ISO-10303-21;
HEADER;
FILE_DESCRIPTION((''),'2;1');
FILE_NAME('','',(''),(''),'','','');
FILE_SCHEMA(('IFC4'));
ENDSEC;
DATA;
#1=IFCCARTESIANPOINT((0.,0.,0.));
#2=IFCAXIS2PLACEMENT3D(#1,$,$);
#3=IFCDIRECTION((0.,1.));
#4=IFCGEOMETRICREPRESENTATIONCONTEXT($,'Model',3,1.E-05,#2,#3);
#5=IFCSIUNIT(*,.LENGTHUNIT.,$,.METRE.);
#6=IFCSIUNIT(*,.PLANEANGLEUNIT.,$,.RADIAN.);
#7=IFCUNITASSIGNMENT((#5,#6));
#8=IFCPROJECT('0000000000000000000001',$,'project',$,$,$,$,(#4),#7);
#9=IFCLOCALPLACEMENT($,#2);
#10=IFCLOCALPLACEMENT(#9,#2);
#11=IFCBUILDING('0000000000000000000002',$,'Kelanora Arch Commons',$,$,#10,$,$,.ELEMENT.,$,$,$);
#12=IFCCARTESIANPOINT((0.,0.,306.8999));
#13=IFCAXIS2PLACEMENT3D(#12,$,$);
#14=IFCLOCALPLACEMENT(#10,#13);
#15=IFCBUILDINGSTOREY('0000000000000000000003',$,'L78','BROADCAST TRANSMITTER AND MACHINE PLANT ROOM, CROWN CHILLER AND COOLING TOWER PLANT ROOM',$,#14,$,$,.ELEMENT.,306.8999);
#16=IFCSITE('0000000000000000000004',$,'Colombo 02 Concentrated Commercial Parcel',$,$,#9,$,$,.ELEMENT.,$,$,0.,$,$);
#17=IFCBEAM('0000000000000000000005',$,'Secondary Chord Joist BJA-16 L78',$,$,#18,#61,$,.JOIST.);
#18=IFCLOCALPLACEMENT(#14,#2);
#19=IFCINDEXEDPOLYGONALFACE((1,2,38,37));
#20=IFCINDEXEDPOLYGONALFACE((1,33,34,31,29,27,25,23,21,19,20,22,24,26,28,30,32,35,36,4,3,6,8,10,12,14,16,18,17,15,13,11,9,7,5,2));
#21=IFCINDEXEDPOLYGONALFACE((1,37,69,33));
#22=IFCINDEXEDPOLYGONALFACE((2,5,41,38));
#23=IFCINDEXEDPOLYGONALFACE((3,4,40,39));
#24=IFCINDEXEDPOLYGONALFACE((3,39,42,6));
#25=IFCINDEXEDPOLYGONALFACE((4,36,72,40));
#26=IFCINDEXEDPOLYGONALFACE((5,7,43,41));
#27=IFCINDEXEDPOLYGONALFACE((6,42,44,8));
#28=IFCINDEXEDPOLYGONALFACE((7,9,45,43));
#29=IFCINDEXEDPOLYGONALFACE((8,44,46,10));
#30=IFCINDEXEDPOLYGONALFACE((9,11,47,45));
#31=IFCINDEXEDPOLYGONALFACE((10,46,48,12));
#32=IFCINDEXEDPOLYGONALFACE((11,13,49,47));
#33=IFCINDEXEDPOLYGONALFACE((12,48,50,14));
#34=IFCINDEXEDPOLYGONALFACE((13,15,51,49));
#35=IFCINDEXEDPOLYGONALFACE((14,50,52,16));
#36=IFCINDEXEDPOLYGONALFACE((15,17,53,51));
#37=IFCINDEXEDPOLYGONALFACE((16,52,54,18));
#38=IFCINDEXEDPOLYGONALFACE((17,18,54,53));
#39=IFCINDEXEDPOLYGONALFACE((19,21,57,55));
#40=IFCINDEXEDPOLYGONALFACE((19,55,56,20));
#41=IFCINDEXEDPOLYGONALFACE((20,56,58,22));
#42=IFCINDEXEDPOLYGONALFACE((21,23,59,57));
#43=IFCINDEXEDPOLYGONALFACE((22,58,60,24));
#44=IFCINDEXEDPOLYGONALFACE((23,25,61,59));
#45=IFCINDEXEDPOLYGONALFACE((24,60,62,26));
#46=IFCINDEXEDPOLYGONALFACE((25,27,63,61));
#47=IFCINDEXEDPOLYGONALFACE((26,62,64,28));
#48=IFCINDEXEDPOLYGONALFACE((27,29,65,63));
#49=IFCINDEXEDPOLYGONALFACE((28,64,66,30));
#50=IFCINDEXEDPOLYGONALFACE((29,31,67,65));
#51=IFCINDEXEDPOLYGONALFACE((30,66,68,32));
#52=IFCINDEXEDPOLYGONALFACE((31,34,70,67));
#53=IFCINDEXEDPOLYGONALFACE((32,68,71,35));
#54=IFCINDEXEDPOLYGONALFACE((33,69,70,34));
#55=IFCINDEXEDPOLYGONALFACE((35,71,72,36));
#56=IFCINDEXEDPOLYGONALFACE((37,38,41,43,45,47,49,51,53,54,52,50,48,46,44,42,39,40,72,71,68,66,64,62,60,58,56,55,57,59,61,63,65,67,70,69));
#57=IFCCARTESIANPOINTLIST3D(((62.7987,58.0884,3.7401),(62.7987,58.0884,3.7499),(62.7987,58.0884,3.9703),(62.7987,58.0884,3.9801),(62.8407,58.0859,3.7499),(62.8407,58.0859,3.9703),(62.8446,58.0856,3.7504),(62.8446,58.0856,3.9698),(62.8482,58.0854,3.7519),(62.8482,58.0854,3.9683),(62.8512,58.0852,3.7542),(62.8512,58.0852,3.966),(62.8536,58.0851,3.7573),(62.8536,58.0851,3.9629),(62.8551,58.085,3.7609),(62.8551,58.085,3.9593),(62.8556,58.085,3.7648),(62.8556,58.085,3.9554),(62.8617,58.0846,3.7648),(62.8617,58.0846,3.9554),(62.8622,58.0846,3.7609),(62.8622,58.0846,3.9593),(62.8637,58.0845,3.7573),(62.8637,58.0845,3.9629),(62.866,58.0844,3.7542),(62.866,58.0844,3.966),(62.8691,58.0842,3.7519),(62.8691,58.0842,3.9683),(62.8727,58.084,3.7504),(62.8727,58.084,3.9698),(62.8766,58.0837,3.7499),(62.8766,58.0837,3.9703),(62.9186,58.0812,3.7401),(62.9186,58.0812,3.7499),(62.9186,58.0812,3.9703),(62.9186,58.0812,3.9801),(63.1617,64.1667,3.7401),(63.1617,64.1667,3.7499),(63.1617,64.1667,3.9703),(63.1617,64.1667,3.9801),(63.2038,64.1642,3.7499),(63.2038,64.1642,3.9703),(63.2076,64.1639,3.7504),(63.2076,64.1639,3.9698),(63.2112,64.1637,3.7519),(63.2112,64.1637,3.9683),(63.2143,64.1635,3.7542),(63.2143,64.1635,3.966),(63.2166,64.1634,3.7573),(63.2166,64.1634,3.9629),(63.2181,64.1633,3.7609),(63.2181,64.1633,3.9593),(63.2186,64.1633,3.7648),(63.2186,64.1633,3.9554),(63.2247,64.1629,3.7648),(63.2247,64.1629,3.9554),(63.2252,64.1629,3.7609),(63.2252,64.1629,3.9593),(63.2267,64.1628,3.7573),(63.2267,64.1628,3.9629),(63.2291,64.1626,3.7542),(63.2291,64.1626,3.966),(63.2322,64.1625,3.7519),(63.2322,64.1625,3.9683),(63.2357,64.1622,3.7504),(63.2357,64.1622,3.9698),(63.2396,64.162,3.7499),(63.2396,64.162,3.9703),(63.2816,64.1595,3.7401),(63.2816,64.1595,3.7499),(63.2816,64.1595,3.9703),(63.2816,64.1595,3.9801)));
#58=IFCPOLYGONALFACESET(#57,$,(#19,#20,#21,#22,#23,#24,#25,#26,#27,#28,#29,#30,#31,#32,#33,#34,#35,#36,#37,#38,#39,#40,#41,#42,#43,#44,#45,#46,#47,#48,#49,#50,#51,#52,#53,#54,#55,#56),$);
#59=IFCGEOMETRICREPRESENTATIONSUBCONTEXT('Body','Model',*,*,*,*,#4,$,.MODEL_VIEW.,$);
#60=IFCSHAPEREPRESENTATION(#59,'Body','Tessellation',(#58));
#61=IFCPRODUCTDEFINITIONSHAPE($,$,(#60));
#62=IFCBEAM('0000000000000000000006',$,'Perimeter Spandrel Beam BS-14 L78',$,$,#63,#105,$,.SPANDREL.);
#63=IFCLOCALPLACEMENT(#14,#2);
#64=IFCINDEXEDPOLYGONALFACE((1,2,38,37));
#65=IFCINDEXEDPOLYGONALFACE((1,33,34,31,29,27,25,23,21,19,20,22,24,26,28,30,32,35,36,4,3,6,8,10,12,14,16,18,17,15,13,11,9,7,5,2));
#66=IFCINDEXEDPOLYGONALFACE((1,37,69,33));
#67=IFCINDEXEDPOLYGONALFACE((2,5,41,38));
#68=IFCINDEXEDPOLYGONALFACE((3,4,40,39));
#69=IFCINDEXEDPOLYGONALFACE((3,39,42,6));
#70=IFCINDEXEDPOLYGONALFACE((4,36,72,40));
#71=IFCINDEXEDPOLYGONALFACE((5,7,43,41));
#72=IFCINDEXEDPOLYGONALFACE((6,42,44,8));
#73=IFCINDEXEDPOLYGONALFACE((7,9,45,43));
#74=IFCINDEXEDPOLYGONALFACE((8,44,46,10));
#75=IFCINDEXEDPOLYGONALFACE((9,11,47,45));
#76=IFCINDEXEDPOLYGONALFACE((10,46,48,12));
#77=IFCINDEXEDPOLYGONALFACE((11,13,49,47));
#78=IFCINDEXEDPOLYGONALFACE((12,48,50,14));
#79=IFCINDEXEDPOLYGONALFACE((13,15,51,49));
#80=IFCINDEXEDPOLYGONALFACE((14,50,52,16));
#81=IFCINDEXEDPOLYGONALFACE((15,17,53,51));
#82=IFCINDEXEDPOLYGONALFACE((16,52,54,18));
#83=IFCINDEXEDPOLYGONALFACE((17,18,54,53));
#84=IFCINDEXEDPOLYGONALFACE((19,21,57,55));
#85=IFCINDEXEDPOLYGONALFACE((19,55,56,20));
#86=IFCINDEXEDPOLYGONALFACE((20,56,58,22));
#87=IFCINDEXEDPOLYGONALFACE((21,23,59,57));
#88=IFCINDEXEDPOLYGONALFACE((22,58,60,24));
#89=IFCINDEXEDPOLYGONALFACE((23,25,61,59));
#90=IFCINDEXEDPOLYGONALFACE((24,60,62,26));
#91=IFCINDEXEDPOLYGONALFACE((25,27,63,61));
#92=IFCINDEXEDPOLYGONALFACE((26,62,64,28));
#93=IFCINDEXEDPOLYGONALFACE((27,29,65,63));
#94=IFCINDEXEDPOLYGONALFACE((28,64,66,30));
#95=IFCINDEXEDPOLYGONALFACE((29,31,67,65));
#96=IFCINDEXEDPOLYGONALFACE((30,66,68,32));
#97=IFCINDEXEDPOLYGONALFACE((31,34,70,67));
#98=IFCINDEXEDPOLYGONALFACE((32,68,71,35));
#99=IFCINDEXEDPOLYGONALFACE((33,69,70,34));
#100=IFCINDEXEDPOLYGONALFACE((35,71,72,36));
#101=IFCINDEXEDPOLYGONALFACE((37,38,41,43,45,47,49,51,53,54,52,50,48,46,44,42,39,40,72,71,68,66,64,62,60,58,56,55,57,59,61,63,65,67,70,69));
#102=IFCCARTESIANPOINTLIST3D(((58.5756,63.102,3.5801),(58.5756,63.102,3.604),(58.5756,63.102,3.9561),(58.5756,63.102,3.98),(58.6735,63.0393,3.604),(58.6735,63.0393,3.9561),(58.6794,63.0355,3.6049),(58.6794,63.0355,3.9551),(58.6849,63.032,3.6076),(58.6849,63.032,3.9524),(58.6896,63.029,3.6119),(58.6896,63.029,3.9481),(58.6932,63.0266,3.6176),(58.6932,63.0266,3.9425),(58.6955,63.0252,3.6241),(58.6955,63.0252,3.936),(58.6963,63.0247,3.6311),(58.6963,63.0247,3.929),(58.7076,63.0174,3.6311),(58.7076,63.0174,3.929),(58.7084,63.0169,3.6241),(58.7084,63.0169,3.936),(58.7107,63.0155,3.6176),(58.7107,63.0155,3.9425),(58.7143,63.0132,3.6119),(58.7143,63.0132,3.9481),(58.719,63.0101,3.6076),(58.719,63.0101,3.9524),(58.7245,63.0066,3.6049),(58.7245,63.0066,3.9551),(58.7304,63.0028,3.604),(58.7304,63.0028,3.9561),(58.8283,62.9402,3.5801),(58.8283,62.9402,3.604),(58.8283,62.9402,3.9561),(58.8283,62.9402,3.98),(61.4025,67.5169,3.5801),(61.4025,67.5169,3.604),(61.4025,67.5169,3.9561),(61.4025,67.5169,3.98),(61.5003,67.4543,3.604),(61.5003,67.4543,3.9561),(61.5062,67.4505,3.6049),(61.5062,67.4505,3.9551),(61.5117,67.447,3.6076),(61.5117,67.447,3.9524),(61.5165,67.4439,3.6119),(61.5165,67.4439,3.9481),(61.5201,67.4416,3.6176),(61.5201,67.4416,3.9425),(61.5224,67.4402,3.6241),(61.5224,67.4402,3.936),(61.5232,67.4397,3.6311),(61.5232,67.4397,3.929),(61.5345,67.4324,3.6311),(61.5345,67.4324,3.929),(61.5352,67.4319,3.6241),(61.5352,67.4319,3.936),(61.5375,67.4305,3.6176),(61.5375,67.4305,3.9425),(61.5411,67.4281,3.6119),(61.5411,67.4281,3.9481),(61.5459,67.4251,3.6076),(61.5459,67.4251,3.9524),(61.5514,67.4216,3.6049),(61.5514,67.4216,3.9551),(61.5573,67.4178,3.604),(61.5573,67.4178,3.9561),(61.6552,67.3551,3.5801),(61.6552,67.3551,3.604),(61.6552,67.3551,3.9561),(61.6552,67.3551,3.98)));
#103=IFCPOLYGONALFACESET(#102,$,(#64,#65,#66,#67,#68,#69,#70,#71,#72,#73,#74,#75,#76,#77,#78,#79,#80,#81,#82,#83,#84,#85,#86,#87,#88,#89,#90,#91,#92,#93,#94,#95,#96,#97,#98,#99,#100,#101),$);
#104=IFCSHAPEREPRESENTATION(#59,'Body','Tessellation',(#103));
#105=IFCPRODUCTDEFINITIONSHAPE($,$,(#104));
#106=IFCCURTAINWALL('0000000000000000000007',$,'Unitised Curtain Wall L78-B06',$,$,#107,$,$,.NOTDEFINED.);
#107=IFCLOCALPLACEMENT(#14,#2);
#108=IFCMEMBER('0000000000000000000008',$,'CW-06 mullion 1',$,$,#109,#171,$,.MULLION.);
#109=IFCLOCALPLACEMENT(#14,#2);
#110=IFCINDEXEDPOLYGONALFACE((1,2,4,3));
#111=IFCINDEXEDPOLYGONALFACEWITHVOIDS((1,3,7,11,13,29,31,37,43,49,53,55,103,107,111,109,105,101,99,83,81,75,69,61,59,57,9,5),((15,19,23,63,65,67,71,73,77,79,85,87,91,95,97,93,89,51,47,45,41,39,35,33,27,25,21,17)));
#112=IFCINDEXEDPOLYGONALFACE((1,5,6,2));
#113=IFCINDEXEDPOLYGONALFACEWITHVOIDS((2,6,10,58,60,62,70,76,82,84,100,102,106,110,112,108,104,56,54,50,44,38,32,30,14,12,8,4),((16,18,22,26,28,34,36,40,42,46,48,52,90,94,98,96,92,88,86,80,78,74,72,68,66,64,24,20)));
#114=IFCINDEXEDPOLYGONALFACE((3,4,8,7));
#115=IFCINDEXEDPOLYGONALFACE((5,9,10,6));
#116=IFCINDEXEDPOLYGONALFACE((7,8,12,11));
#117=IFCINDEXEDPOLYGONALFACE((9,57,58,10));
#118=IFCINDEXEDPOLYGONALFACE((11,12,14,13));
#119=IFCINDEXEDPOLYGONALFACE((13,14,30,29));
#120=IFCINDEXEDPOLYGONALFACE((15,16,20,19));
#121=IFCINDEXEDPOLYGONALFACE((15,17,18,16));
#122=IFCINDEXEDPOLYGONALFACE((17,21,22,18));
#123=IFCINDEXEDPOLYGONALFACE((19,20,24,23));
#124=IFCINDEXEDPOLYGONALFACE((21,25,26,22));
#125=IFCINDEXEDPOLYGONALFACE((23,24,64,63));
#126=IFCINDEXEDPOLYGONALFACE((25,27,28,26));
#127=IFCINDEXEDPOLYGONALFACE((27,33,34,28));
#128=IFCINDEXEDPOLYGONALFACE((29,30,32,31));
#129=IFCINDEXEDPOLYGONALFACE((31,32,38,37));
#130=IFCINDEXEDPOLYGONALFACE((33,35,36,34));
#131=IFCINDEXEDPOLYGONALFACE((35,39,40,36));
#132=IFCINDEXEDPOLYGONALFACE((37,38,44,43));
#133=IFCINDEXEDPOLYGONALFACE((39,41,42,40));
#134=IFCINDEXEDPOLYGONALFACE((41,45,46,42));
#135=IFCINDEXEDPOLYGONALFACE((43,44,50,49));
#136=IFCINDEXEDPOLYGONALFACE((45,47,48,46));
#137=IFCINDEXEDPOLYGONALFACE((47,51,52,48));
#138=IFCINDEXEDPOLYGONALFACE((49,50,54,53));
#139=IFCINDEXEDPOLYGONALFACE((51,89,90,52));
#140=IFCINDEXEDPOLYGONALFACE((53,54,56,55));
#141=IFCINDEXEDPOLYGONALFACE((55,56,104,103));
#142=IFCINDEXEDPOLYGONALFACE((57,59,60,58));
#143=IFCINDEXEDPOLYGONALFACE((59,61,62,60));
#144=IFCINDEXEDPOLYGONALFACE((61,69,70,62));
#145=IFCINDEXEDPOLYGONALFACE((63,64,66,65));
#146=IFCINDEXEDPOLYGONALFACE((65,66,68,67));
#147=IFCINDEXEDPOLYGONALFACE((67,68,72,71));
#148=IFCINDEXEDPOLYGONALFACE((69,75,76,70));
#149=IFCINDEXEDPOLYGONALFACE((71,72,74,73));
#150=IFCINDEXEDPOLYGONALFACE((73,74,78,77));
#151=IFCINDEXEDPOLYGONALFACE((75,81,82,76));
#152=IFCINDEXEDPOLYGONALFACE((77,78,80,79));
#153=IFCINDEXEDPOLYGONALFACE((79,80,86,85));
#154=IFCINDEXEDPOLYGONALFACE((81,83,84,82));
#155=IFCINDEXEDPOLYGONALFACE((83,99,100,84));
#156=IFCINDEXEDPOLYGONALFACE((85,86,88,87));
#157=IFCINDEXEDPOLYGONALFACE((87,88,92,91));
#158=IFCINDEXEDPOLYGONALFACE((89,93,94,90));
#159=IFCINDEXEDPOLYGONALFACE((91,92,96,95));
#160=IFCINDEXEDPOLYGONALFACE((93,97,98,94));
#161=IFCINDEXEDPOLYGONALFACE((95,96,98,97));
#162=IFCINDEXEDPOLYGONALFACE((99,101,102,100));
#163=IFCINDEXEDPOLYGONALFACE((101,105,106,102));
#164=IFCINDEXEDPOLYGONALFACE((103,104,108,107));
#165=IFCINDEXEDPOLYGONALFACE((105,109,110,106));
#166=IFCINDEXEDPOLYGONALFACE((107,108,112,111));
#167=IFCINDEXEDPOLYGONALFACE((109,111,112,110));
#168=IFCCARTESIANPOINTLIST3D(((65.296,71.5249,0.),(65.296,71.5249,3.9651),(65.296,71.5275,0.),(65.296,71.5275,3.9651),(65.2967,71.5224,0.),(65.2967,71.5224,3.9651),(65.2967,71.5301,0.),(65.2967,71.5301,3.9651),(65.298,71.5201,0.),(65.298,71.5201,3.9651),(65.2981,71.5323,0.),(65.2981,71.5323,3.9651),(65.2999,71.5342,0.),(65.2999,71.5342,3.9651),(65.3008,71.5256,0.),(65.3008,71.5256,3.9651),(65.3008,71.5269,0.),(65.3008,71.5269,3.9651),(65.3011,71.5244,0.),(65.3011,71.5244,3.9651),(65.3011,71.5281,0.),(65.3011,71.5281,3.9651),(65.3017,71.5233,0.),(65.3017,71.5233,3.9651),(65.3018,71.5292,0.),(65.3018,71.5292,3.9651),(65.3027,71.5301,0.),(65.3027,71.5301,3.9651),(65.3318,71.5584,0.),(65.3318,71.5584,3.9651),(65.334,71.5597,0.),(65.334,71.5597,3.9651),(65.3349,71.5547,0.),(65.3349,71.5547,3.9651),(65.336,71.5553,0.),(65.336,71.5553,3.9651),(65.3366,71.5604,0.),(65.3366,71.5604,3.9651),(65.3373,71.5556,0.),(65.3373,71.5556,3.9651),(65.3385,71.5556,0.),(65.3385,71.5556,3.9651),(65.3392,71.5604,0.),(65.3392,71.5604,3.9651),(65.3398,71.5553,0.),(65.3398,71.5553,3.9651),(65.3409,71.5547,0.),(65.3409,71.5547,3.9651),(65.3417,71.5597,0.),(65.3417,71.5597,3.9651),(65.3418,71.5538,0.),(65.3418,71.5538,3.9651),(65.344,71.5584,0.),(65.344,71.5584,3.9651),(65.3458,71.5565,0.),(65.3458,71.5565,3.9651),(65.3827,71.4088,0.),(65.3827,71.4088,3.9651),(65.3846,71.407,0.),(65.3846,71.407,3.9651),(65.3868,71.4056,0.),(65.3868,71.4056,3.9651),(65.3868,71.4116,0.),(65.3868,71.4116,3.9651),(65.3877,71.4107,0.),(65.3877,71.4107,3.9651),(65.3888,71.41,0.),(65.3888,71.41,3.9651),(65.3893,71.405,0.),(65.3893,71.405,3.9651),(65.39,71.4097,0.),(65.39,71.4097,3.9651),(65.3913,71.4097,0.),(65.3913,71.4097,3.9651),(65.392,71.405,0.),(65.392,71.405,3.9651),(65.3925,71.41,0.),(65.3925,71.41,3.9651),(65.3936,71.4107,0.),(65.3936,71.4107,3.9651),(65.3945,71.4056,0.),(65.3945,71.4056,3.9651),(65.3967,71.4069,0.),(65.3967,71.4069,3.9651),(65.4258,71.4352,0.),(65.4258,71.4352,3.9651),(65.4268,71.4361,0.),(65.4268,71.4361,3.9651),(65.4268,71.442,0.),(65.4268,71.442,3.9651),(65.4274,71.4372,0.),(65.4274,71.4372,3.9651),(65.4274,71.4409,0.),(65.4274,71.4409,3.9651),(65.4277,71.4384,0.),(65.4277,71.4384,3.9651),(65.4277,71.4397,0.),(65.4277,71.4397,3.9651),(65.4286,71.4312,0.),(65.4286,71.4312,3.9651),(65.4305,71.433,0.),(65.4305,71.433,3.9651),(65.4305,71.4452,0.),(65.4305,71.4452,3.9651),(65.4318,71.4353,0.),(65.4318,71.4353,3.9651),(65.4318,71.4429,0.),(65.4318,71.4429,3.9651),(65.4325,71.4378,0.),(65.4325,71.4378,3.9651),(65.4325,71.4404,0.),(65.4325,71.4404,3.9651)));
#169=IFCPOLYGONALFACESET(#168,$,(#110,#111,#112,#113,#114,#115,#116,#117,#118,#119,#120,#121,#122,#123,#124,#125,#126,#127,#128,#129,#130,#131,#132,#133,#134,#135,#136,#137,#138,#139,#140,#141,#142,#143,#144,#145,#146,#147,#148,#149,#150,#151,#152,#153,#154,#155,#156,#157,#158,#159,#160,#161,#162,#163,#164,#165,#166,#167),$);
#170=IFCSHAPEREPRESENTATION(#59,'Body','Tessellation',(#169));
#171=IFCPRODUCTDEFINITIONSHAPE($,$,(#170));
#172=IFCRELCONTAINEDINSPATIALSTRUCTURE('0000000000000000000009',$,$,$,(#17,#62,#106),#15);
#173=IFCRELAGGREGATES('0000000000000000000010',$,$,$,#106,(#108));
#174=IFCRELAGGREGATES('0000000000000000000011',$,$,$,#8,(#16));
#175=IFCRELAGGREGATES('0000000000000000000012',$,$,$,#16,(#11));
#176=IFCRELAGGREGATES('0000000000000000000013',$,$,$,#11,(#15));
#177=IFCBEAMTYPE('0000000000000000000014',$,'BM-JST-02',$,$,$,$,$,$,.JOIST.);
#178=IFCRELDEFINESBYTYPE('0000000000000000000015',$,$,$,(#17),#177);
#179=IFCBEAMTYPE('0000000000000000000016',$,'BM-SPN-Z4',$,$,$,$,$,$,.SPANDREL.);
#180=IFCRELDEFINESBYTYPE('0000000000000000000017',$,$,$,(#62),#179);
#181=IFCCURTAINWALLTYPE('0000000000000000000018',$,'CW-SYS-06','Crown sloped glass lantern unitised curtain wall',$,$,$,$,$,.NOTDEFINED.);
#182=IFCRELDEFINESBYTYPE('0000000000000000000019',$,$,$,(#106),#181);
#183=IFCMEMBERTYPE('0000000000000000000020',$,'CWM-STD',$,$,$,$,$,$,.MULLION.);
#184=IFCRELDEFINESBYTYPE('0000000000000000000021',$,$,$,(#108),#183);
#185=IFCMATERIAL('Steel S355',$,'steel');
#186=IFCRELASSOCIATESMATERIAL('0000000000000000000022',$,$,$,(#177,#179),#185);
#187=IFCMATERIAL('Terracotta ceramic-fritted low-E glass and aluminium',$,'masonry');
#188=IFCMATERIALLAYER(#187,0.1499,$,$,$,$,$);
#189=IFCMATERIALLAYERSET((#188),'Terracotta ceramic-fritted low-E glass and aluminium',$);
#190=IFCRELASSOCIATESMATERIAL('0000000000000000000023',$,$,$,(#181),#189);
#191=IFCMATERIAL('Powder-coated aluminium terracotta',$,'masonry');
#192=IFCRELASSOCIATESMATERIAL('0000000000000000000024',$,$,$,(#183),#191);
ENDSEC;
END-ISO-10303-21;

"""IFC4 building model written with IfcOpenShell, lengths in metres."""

from ifc_helpers import new_model, si_unit, direction, frame, origin, origin_2d, place, context, subcontext, project, spatial, hollow_rectangle, i_section, extrude, material, layer, layer_set, material_profile, profile_set, type_object, element, aggregate, save


model = new_model("IFC4")

# Units and contexts
model_context = context("Model", 3, precision=1e-05, world=origin(), true_north=direction((0.0, 1.0)))
body_context = subcontext(model_context, "Body", "Model", "MODEL_VIEW")
ifc_project = project(units=[si_unit("LENGTHUNIT", "METRE"), si_unit("PLANEANGLEUNIT", "RADIAN")], contexts=[model_context])

# Site, building, storey
site_placement = place(None, origin())
site = spatial("IfcSite", under=ifc_project, at=site_placement, Name="Colombo 02 Concentrated Commercial Parcel", CompositionType="ELEMENT", RefElevation=0.0)
building_placement = place(site_placement, origin())
building = spatial("IfcBuilding", under=site, at=building_placement, Name="Kelanora Arch Commons", CompositionType="ELEMENT")
storey_placement = place(building_placement, frame((0.0, 0.0, 306.8999)))
storey = spatial("IfcBuildingStorey", under=building, at=storey_placement, Name="L78", Description="BROADCAST TRANSMITTER AND MACHINE PLANT ROOM, CROWN CHILLER AND COOLING TOWER PLANT ROOM", CompositionType="ELEMENT", Elevation=306.8999)

# Beams
ifc_material_1 = material(Name="Steel S355", Category="steel")
ifc_material_profile_1 = material_profile(ifc_material_1, i_section(OverallWidth=0.1201, OverallDepth=0.24, WebThickness=0.0061, FlangeThickness=0.0098, FilletRadius=0.0149, at=origin_2d()), Name="IPE240")
ifc_profile_set_1 = profile_set([ifc_material_profile_1], Name="Steel S355")
beam_type_1 = type_object("IfcBeamType", Name="BM-JST-02", PredefinedType="JOIST", material=ifc_profile_set_1)
beam_1_placement = place(storey_placement, frame((63.2217, 64.1631, 3.8601), z_axis=(-0.05962, -0.998221, 0.0), x_axis=(0.998221, -0.05962, 0.0)))
element("IfcBeam", 1, at=beam_1_placement, inside=storey, type_object=beam_type_1, Name="Secondary Chord Joist BJA-16 L78", PredefinedType="JOIST", context=body_context, shape_type="SweptSolid", body=[
    extrude(i_section(OverallWidth=0.1201, OverallDepth=0.24, WebThickness=0.0061, FlangeThickness=0.0098, FilletRadius=0.0149, at=origin_2d()), origin(), (0.0, 0.0, 1.0), 6.0891),
])
ifc_material_profile_2 = material_profile(ifc_material_1, i_section(OverallWidth=0.3, OverallDepth=0.3999, WebThickness=0.0134, FlangeThickness=0.0239, FilletRadius=0.0271, at=origin_2d()), Name="HEB400")
ifc_profile_set_2 = profile_set([ifc_material_profile_2], Name="Steel S355")
beam_type_2 = type_object("IfcBeamType", Name="BM-SPN-Z4", PredefinedType="SPANDREL", material=ifc_profile_set_2)
beam_2_placement = place(storey_placement, frame((61.5288, 67.436, 3.78), z_axis=(-0.539227, -0.842161, 0.0), x_axis=(0.842161, -0.539227, 0.0)))
element("IfcBeam", 2, at=beam_2_placement, inside=storey, type_object=beam_type_2, Name="Perimeter Spandrel Beam BS-14 L78", PredefinedType="SPANDREL", context=body_context, shape_type="SweptSolid", body=[
    extrude(i_section(OverallWidth=0.3, OverallDepth=0.3999, WebThickness=0.0134, FlangeThickness=0.0239, FilletRadius=0.0271, at=origin_2d()), origin(), (0.0, 0.0, 1.0), 5.2424),
])

# Curtain wall, member
ifc_material_2 = material(Name="Terracotta ceramic-fritted low-E glass and aluminium", Category="masonry")
ifc_layer_1 = layer(ifc_material_2, 0.1499)
ifc_layer_set_1 = layer_set([ifc_layer_1], Name="Terracotta ceramic-fritted low-E glass and aluminium")
curtain_wall_type = type_object("IfcCurtainWallType", Name="CW-SYS-06", Description="Crown sloped glass lantern unitised curtain wall", PredefinedType="NOTDEFINED", material=ifc_layer_set_1)
curtain_wall_1_placement = place(storey_placement, origin())
curtain_wall_1 = element("IfcCurtainWall", 3, at=curtain_wall_1_placement, inside=storey, type_object=curtain_wall_type, Name="Unitised Curtain Wall L78-B06", PredefinedType="NOTDEFINED")
ifc_material_3 = material(Name="Powder-coated aluminium terracotta", Category="masonry")
ifc_material_profile_3 = material_profile(ifc_material_3, hollow_rectangle(XDim=0.1599, YDim=0.0601, WallThickness=0.0049, InnerFilletRadius=0.0049, OuterFilletRadius=0.01, at=origin_2d()), Name="CWM160x60")
ifc_profile_set_3 = profile_set([ifc_material_profile_3], Name="Powder-coated aluminium terracotta")
member_type_1 = type_object("IfcMemberType", Name="CWM-STD", PredefinedType="MULLION", material=ifc_profile_set_3)
member_1_placement = place(storey_placement, frame((65.3643, 71.4827, 0.0), z_axis=(0.0, 0.0, 1.0), x_axis=(0.605596, -0.795772, 0.0)))
member_1 = element("IfcMember", 4, at=member_1_placement, type_object=member_type_1, Name="CW-06 mullion 1", PredefinedType="MULLION", context=body_context, shape_type="SweptSolid", body=[
    extrude(hollow_rectangle(XDim=0.1599, YDim=0.0601, WallThickness=0.0049, InnerFilletRadius=0.0049, OuterFilletRadius=0.01, at=origin_2d()), origin(), (0.0, 0.0, 1.0), 3.9651),
])

aggregate(curtain_wall_1, [member_1])

save(model, "model.ifc")
